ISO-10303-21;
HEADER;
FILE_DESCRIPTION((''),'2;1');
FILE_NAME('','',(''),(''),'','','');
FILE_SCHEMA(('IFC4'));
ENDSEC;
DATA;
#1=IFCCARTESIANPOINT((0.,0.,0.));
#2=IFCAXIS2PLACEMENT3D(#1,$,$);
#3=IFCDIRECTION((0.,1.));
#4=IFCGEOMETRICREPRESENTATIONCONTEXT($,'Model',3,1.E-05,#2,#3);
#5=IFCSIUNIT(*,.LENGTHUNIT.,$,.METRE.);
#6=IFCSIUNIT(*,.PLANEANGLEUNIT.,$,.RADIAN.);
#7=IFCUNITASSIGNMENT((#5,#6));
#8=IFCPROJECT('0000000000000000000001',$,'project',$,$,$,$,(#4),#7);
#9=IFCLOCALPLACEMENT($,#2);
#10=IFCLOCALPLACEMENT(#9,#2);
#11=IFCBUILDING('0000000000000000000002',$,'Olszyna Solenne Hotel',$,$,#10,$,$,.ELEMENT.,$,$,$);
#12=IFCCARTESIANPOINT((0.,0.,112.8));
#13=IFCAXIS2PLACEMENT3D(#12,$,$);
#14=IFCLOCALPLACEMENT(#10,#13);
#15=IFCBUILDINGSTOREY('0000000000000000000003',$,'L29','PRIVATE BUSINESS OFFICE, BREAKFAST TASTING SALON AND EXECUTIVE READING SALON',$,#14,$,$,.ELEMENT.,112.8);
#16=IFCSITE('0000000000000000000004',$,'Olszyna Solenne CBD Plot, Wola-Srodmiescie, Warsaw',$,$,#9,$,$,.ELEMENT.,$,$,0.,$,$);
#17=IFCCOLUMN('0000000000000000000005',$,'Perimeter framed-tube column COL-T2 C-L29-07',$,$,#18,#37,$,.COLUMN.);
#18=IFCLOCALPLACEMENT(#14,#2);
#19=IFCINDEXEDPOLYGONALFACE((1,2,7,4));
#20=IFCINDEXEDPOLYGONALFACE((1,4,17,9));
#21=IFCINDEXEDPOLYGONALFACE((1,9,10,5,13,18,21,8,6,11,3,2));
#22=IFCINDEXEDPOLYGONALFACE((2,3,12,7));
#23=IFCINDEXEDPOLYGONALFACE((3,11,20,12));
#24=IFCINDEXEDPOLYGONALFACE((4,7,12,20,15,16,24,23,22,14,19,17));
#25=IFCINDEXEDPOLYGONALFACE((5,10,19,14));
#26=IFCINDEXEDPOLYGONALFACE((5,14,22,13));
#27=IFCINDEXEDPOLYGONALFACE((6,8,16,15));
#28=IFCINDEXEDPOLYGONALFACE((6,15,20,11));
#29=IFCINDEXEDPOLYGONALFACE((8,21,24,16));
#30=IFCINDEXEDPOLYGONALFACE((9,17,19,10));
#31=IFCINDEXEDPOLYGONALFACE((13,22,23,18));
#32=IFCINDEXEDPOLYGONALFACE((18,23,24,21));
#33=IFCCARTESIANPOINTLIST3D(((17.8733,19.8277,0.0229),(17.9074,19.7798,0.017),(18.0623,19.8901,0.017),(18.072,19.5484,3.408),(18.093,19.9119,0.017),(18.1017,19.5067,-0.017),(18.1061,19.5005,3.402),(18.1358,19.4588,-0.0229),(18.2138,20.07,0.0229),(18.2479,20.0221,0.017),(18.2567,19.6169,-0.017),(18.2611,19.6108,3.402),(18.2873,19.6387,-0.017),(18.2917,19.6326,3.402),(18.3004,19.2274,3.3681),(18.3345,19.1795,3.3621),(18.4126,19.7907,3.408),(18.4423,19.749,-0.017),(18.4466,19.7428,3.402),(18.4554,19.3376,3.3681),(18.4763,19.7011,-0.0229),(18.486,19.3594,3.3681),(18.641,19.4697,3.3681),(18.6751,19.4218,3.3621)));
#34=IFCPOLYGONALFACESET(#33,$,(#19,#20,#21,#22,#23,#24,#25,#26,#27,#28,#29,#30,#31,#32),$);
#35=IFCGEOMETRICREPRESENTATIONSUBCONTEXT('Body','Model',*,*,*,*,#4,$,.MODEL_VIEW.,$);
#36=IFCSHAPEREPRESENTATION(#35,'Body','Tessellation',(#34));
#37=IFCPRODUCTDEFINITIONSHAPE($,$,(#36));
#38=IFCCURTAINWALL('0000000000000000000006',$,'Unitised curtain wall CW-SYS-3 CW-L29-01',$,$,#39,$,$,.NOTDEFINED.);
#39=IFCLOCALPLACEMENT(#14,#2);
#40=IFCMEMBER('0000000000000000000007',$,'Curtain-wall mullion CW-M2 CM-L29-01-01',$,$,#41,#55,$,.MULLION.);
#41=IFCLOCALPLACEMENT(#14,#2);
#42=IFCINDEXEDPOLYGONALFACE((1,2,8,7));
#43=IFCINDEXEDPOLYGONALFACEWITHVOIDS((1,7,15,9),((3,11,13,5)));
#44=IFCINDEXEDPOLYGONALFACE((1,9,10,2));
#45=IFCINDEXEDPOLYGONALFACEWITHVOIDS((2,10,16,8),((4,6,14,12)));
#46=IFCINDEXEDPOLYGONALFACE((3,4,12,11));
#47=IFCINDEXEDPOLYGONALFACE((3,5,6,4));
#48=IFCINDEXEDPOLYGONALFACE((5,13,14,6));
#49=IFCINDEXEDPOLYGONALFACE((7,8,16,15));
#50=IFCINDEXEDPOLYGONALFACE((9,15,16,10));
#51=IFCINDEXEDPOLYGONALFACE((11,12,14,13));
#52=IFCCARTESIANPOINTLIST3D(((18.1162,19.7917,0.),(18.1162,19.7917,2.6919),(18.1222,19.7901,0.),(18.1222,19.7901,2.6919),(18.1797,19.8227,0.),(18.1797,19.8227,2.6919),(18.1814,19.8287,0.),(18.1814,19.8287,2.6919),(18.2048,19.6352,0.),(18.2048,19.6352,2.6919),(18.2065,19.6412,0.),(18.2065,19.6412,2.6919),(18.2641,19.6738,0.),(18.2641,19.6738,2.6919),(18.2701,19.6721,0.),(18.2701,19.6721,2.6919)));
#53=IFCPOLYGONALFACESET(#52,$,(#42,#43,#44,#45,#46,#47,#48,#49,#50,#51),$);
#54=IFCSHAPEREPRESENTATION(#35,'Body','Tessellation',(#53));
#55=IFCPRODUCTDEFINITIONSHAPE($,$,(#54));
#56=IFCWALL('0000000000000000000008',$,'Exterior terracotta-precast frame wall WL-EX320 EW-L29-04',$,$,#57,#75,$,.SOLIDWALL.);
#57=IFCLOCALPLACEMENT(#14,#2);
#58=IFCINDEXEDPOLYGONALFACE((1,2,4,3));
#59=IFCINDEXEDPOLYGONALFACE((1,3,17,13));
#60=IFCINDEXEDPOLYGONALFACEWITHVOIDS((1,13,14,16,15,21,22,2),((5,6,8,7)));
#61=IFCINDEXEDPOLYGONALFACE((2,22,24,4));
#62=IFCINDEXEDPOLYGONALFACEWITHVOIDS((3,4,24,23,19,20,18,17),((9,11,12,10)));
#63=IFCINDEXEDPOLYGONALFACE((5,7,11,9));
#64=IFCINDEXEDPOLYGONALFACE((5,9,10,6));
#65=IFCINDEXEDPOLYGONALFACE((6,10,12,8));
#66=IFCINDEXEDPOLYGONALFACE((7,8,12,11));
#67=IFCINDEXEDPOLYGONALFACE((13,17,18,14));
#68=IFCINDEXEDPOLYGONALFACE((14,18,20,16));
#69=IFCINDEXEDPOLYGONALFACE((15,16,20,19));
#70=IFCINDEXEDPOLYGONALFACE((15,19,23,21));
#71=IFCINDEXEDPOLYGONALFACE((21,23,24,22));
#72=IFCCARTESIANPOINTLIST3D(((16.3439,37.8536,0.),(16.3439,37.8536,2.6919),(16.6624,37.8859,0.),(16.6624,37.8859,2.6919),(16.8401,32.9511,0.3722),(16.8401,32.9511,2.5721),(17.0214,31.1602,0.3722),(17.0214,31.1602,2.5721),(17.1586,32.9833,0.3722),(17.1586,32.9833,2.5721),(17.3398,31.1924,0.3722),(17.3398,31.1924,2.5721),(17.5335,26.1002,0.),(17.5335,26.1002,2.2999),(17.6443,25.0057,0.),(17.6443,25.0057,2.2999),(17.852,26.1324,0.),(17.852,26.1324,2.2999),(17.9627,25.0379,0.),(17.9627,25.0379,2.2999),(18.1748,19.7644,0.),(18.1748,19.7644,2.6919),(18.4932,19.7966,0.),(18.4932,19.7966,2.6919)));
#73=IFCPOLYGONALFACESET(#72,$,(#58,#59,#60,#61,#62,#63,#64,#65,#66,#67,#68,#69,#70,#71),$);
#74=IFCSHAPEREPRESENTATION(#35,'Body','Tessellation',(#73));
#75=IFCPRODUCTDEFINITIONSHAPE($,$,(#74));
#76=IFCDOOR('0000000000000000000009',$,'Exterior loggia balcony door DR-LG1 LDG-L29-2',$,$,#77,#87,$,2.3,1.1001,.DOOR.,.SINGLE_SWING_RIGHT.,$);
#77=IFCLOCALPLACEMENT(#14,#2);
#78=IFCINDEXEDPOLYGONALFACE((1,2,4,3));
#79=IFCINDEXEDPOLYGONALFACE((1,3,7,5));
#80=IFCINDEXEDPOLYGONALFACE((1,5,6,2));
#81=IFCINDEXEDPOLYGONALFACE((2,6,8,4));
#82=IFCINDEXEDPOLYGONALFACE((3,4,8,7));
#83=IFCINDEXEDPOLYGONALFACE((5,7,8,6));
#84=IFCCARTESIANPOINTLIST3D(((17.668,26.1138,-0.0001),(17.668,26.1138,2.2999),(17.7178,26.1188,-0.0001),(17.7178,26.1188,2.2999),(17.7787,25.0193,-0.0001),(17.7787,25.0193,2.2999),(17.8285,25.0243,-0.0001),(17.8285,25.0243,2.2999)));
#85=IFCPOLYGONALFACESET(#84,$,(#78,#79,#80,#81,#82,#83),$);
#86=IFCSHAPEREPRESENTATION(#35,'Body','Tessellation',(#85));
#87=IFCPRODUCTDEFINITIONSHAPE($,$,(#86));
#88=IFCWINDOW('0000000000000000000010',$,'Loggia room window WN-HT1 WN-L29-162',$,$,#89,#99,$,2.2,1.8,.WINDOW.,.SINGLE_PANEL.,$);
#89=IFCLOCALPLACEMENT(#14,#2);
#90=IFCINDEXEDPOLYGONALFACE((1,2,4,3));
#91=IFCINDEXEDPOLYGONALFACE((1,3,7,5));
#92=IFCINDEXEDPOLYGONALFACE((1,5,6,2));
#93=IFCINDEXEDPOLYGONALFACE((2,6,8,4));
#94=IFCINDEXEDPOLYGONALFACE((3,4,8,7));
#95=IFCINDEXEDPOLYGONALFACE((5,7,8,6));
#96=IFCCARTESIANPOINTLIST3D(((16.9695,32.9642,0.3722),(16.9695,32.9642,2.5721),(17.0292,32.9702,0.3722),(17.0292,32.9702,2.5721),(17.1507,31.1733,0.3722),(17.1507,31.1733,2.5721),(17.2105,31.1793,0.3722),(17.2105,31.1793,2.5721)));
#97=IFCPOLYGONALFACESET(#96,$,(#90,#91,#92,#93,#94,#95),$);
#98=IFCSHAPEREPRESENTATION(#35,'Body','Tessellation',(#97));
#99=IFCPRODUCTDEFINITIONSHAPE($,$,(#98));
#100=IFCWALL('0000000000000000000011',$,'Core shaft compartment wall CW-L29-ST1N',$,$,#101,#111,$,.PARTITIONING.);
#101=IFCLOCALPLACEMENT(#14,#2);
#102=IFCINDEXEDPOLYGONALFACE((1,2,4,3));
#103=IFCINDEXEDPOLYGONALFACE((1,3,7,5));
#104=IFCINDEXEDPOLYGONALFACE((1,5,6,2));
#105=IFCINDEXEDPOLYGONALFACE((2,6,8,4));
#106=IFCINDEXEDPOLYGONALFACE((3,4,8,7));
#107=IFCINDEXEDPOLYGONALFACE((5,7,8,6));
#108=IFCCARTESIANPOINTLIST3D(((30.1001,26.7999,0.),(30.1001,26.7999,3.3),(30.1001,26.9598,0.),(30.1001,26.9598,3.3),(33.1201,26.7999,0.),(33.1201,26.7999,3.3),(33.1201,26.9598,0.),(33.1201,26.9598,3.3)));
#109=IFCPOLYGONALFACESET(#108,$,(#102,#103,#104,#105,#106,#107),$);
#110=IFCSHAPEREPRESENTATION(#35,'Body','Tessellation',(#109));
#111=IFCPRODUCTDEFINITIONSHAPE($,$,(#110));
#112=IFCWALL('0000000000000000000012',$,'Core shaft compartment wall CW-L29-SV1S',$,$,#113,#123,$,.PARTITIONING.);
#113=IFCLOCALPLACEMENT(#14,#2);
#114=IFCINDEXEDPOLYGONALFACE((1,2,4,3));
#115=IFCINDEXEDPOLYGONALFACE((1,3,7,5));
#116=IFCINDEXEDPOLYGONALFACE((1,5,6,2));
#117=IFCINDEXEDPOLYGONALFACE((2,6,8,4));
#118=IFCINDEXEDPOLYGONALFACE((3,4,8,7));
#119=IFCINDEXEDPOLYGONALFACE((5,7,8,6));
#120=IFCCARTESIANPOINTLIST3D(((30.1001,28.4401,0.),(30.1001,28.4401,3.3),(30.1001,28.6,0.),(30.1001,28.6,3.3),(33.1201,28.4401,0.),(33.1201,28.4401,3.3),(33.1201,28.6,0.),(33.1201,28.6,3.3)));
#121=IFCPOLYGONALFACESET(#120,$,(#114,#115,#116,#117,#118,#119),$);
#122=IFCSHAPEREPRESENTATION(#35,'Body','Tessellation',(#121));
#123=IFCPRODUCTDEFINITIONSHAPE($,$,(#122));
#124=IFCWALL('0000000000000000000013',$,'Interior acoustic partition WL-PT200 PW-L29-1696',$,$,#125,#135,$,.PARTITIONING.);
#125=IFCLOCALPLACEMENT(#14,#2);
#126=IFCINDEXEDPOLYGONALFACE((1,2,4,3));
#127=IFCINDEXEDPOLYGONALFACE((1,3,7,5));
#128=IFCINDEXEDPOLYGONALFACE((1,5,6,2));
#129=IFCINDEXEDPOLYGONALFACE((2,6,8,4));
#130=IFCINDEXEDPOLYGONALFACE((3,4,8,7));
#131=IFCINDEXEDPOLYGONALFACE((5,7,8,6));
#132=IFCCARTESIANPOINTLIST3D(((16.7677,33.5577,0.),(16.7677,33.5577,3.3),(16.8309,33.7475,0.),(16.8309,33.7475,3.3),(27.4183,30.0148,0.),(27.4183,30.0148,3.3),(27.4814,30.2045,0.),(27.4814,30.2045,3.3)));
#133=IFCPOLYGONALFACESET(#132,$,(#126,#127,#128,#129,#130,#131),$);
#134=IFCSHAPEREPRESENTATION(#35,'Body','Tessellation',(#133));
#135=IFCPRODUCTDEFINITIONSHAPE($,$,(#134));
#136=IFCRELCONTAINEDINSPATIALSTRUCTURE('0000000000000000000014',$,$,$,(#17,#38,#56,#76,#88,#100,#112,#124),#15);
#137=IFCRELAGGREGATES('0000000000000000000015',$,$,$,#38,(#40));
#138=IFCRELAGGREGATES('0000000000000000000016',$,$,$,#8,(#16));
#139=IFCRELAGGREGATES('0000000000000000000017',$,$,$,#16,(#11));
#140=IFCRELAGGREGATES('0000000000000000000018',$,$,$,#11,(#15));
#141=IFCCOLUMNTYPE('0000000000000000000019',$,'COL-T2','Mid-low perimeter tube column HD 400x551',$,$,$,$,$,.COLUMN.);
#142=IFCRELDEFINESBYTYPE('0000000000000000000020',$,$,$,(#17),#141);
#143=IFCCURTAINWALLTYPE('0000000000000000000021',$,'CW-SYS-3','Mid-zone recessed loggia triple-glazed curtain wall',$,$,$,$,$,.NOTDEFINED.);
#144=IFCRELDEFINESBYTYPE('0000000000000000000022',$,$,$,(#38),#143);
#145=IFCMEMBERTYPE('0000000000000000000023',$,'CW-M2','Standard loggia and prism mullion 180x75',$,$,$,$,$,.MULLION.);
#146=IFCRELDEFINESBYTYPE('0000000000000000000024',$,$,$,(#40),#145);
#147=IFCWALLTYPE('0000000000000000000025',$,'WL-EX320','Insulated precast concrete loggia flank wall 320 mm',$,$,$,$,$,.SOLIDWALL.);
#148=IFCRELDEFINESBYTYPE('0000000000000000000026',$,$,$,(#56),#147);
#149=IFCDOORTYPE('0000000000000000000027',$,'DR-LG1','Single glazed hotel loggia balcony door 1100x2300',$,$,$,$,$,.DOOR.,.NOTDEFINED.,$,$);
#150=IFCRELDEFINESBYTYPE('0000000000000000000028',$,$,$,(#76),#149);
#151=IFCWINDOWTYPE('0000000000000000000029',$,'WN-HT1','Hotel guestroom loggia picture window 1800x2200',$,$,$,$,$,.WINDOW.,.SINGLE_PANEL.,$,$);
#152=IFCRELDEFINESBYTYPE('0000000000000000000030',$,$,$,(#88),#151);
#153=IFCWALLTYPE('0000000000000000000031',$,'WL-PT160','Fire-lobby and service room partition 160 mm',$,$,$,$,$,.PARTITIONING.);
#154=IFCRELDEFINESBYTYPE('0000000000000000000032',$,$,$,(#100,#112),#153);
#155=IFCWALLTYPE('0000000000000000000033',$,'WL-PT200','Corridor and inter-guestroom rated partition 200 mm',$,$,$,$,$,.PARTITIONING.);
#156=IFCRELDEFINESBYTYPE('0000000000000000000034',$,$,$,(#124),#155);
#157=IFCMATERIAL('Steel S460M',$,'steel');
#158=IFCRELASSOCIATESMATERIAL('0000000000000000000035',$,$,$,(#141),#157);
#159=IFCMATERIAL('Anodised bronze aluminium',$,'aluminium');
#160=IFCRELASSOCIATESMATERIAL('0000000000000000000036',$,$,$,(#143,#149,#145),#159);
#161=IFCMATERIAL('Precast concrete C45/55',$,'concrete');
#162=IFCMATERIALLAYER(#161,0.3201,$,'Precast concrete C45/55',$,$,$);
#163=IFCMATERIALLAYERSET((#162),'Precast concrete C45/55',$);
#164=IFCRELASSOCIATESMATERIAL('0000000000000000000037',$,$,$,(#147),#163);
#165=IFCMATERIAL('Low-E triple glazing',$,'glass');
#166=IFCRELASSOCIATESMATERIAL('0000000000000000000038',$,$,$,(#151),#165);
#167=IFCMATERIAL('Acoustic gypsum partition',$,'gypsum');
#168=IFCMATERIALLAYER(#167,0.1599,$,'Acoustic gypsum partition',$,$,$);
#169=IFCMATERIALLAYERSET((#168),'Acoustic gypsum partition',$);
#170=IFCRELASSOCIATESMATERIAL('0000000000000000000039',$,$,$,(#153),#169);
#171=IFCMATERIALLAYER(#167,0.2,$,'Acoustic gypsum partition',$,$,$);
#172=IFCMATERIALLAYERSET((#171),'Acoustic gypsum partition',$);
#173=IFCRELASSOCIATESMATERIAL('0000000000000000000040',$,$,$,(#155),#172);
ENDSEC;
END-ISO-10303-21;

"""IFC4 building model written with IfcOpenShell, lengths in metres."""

from ifc_helpers import new_model, si_unit, direction, frame, frame_2d, origin, origin_2d, place, context, subcontext, project, spatial, rectangle, hollow_rectangle, i_section, extrude, source, transform, mapped, material, layer, layer_set, material_profile, profile_set, type_object, type_shapes, element, fill, aggregate, save


model = new_model("IFC4")

# Units and contexts
model_context = context("Model", 3, precision=1e-05, world=origin(), true_north=direction((0.0, 1.0)))
body_context = subcontext(model_context, "Body", "Model", "MODEL_VIEW")
ifc_project = project(units=[si_unit("LENGTHUNIT", "METRE"), si_unit("PLANEANGLEUNIT", "RADIAN")], contexts=[model_context])

# Site, building, storey
site_placement = place(None, origin())
site = spatial("IfcSite", under=ifc_project, at=site_placement, Name="Olszyna Solenne CBD Plot, Wola-Srodmiescie, Warsaw", CompositionType="ELEMENT", RefElevation=0.0)
building_placement = place(site_placement, origin())
building = spatial("IfcBuilding", under=site, at=building_placement, Name="Olszyna Solenne Hotel", CompositionType="ELEMENT")
storey_placement = place(building_placement, frame((0.0, 0.0, 112.8)))
storey = spatial("IfcBuildingStorey", under=building, at=storey_placement, Name="L29", Description="PRIVATE BUSINESS OFFICE, BREAKFAST TASTING SALON AND EXECUTIVE READING SALON", CompositionType="ELEMENT", Elevation=112.8)

# Column
ifc_material_1 = material(Name="Steel S460M", Category="steel")
ifc_material_profile_1 = material_profile(ifc_material_1, i_section(OverallWidth=0.418, OverallDepth=0.4551, WebThickness=0.0376, FlangeThickness=0.0591, at=origin_2d()), Name="HD 400x551", Category="load-bearing")
ifc_profile_set_1 = profile_set([ifc_material_profile_1], Name="Steel S460M")
column_type = type_object("IfcColumnType", Name="COL-T2", Description="Mid-low perimeter tube column HD 400x551", PredefinedType="COLUMN", material=ifc_profile_set_1)
shared_shape_1 = source(origin(), body_context, "Body", "SweptSolid", [
    extrude(i_section(OverallWidth=0.418, OverallDepth=0.4551, WebThickness=0.0376, FlangeThickness=0.0591, at=origin_2d()), origin(), (0.0, 0.0, 1.0), 3.4023),
])
column_placement = place(storey_placement, frame((18.1748, 19.7644, 0.0), z_axis=(0.05841, -0.08209, 0.994912), x_axis=(0.814791, 0.579755, 0.0)))
element("IfcColumn", 1, at=column_placement, inside=storey, type_object=column_type, Name="Perimeter framed-tube column COL-T2 C-L29-07", PredefinedType="COLUMN", context=body_context, shape_type="MappedRepresentation", body=[
    mapped(shared_shape_1, transform((0.0, 0.0, 0.0), x_axis=(1.0, 0.0, 0.0), y_axis=(0.0, 1.0, 0.0), z_axis=(0.0, 0.0, 1.0), scale=1.0)),
])

# Curtain wall, member
ifc_material_2 = material(Name="Anodised bronze aluminium", Category="aluminium")
curtain_wall_type = type_object("IfcCurtainWallType", Name="CW-SYS-3", Description="Mid-zone recessed loggia triple-glazed curtain wall", PredefinedType="NOTDEFINED", material=ifc_material_2)
curtain_wall_placement = place(storey_placement, origin())
curtain_wall = element("IfcCurtainWall", 2, at=curtain_wall_placement, inside=storey, type_object=curtain_wall_type, Name="Unitised curtain wall CW-SYS-3 CW-L29-01", PredefinedType="NOTDEFINED")
ifc_material_profile_2 = material_profile(ifc_material_2, hollow_rectangle(XDim=0.075, YDim=0.1799, WallThickness=0.0044, at=origin_2d()), Name="MULL 180x75x4.5", Category="load-bearing")
ifc_profile_set_2 = profile_set([ifc_material_profile_2], Name="Anodised bronze aluminium")
member_type = type_object("IfcMemberType", Name="CW-M2", Description="Standard loggia and prism mullion 180x75", PredefinedType="MULLION", material=ifc_profile_set_2)
shared_shape_2 = source(origin(), body_context, "Body", "SweptSolid", [
    extrude(hollow_rectangle(XDim=0.075, YDim=0.1799, WallThickness=0.0044, at=origin_2d()), origin(), (0.0, 0.0, 1.0), 2.6919),
])
member_placement = place(storey_placement, frame((18.1931, 19.7319, 0.0), z_axis=(0.0, 0.0, 1.0), x_axis=(0.870148, 0.49279, 0.0)))
member = element("IfcMember", 3, at=member_placement, type_object=member_type, Name="Curtain-wall mullion CW-M2 CM-L29-01-01", PredefinedType="MULLION", context=body_context, shape_type="MappedRepresentation", body=[
    mapped(shared_shape_2, transform((0.0, 0.0, 0.0), x_axis=(1.0, 0.0, 0.0), y_axis=(0.0, 1.0, 0.0), z_axis=(0.0, 0.0, 1.0), scale=1.0)),
])
aggregate(curtain_wall, [member])

# Wall, openings, door, window
ifc_material_3 = material(Name="Precast concrete C45/55", Category="concrete")
ifc_layer_1 = layer(ifc_material_3, 0.3201, Name="Precast concrete C45/55")
ifc_layer_set_1 = layer_set([ifc_layer_1], Name="Precast concrete C45/55")
wall_type_1 = type_object("IfcWallType", Name="WL-EX320", Description="Insulated precast concrete loggia flank wall 320 mm", PredefinedType="SOLIDWALL", material=ifc_layer_set_1)
wall_1_placement = place(storey_placement, frame((18.334, 19.7805, 0.0), z_axis=(0.0, 0.0, 1.0), x_axis=(-0.100696, 0.994917, 0.0)))
wall_1 = element("IfcWall", 4, at=wall_1_placement, inside=storey, type_object=wall_type_1, Name="Exterior terracotta-precast frame wall WL-EX320 EW-L29-04", PredefinedType="SOLIDWALL", context=body_context, shape_type="SweptSolid", body=[
    extrude(rectangle(XDim=18.1816, YDim=0.3201, at=frame_2d((9.0908, 0.0))), origin(), (0.0, 0.0, 1.0), 2.6919),
])
opening_1_placement = place(wall_1_placement, frame((5.2681, 0.0, 0.0)))
opening_1 = element("IfcOpeningElement", 5, at=opening_1_placement, cuts=wall_1, PredefinedType="OPENING", context=body_context, shape_type="SweptSolid", body=[
    extrude(rectangle(XDim=1.1001, YDim=2.3, at=frame_2d((0.55, 1.1499))), frame((0.0, 0.1699, 0.0), z_axis=(0.0, -1.0, 0.0), x_axis=(1.0, 0.0, 0.0)), (0.0, 0.0, 1.0), 0.3401),
])
opening_2_placement = place(wall_1_placement, frame((11.4541, 0.0, 0.3721)))
opening_2 = element("IfcOpeningElement", 6, at=opening_2_placement, cuts=wall_1, PredefinedType="OPENING", context=body_context, shape_type="SweptSolid", body=[
    extrude(rectangle(XDim=1.8, YDim=2.2, at=frame_2d((0.8999, 1.1001))), frame((0.0, 0.1699, 0.0), z_axis=(0.0, -1.0, 0.0), x_axis=(1.0, 0.0, 0.0)), (0.0, 0.0, 1.0), 0.3401),
])
door_type = type_object("IfcDoorType", Name="DR-LG1", Description="Single glazed hotel loggia balcony door 1100x2300", OperationType="NOTDEFINED", PredefinedType="DOOR", material=ifc_material_2)
shared_shape_3 = source(origin(), body_context, "Body", "SweptSolid", [
    extrude(rectangle(XDim=1.1001, YDim=2.3, at=frame_2d((0.55, 1.1499))), frame((0.0, 0.0249, 0.0), z_axis=(0.0, -1.0, 0.0), x_axis=(1.0, 0.0, 0.0)), (0.0, 0.0, 1.0), 0.05),
])
type_shapes(door_type, [shared_shape_3])
door_placement = place(opening_1_placement, origin())
door = element("IfcDoor", 7, at=door_placement, inside=storey, type_object=door_type, Name="Exterior loggia balcony door DR-LG1 LDG-L29-2", OperationType="SINGLE_SWING_RIGHT", OverallHeight=2.3, OverallWidth=1.1001, PredefinedType="DOOR", context=body_context, shape_type="MappedRepresentation", body=[
    mapped(shared_shape_3, transform((0.0, 0.0, 0.0), x_axis=(1.0, 0.0, 0.0), y_axis=(0.0, 1.0, 0.0), z_axis=(0.0, 0.0, 1.0), scale=1.0)),
])
fill(opening_1, door)
ifc_material_4 = material(Name="Low-E triple glazing", Category="glass")
window_type = type_object("IfcWindowType", Name="WN-HT1", Description="Hotel guestroom loggia picture window 1800x2200", PartitioningType="SINGLE_PANEL", PredefinedType="WINDOW", material=ifc_material_4)
shared_shape_4 = source(origin(), body_context, "Body", "SweptSolid", [
    extrude(rectangle(XDim=1.8, YDim=2.2, at=frame_2d((0.8999, 1.1001))), frame((0.0, 0.03, 0.0), z_axis=(0.0, -1.0, 0.0), x_axis=(1.0, 0.0, 0.0)), (0.0, 0.0, 1.0), 0.0601),
])
type_shapes(window_type, [shared_shape_4])
window_placement = place(opening_2_placement, origin())
window = element("IfcWindow", 8, at=window_placement, inside=storey, type_object=window_type, Name="Loggia room window WN-HT1 WN-L29-162", OverallHeight=2.2, OverallWidth=1.8, PartitioningType="SINGLE_PANEL", PredefinedType="WINDOW", context=body_context, shape_type="MappedRepresentation", body=[
    mapped(shared_shape_4, transform((0.0, 0.0, 0.0), x_axis=(1.0, 0.0, 0.0), y_axis=(0.0, 1.0, 0.0), z_axis=(0.0, 0.0, 1.0), scale=1.0)),
])
fill(opening_2, window)

# Walls
ifc_material_5 = material(Name="Acoustic gypsum partition", Category="gypsum")
ifc_layer_2 = layer(ifc_material_5, 0.1599, Name="Acoustic gypsum partition")
ifc_layer_set_2 = layer_set([ifc_layer_2], Name="Acoustic gypsum partition")
wall_type_2 = type_object("IfcWallType", Name="WL-PT160", Description="Fire-lobby and service room partition 160 mm", PredefinedType="PARTITIONING", material=ifc_layer_set_2)
for number, where, z_axis, x_axis, name in (
    (9, (30.1001, 26.8799, 0.0), (0.0, 0.0, 1.0), (1.0, 0.0, 0.0), "Core shaft compartment wall CW-L29-ST1N"),
    (10, (30.1001, 28.52, 0.0), (0.0, 0.0, 1.0), (1.0, 0.0, 0.0), "Core shaft compartment wall CW-L29-SV1S"),
):
    element("IfcWall", number, at=place(storey_placement, frame(where, z_axis=z_axis, x_axis=x_axis)), inside=storey, type_object=wall_type_2, Name=name, PredefinedType="PARTITIONING", context=body_context, shape_type="SweptSolid", body=[
        extrude(rectangle(XDim=3.02, YDim=0.1599, at=frame_2d((1.51, 0.0))), origin(), (0.0, 0.0, 1.0), 3.3),
    ])
ifc_layer_3 = layer(ifc_material_5, 0.2, Name="Acoustic gypsum partition")
ifc_layer_set_3 = layer_set([ifc_layer_3], Name="Acoustic gypsum partition")
wall_type_3 = type_object("IfcWallType", Name="WL-PT200", Description="Corridor and inter-guestroom rated partition 200 mm", PredefinedType="PARTITIONING", material=ifc_layer_set_3)
wall_2_placement = place(storey_placement, frame((27.45, 30.1096, 0.0), z_axis=(0.0, 0.0, 1.0), x_axis=(-0.948877, 0.315647, 0.0)))
element("IfcWall", 11, at=wall_2_placement, inside=storey, type_object=wall_type_3, Name="Interior acoustic partition WL-PT200 PW-L29-1696", PredefinedType="PARTITIONING", context=body_context, shape_type="SweptSolid", body=[
    extrude(rectangle(XDim=11.2244, YDim=0.2, at=frame_2d((5.6123, 0.0))), origin(), (0.0, 0.0, 1.0), 3.3),
])

save(model, "model.ifc")
